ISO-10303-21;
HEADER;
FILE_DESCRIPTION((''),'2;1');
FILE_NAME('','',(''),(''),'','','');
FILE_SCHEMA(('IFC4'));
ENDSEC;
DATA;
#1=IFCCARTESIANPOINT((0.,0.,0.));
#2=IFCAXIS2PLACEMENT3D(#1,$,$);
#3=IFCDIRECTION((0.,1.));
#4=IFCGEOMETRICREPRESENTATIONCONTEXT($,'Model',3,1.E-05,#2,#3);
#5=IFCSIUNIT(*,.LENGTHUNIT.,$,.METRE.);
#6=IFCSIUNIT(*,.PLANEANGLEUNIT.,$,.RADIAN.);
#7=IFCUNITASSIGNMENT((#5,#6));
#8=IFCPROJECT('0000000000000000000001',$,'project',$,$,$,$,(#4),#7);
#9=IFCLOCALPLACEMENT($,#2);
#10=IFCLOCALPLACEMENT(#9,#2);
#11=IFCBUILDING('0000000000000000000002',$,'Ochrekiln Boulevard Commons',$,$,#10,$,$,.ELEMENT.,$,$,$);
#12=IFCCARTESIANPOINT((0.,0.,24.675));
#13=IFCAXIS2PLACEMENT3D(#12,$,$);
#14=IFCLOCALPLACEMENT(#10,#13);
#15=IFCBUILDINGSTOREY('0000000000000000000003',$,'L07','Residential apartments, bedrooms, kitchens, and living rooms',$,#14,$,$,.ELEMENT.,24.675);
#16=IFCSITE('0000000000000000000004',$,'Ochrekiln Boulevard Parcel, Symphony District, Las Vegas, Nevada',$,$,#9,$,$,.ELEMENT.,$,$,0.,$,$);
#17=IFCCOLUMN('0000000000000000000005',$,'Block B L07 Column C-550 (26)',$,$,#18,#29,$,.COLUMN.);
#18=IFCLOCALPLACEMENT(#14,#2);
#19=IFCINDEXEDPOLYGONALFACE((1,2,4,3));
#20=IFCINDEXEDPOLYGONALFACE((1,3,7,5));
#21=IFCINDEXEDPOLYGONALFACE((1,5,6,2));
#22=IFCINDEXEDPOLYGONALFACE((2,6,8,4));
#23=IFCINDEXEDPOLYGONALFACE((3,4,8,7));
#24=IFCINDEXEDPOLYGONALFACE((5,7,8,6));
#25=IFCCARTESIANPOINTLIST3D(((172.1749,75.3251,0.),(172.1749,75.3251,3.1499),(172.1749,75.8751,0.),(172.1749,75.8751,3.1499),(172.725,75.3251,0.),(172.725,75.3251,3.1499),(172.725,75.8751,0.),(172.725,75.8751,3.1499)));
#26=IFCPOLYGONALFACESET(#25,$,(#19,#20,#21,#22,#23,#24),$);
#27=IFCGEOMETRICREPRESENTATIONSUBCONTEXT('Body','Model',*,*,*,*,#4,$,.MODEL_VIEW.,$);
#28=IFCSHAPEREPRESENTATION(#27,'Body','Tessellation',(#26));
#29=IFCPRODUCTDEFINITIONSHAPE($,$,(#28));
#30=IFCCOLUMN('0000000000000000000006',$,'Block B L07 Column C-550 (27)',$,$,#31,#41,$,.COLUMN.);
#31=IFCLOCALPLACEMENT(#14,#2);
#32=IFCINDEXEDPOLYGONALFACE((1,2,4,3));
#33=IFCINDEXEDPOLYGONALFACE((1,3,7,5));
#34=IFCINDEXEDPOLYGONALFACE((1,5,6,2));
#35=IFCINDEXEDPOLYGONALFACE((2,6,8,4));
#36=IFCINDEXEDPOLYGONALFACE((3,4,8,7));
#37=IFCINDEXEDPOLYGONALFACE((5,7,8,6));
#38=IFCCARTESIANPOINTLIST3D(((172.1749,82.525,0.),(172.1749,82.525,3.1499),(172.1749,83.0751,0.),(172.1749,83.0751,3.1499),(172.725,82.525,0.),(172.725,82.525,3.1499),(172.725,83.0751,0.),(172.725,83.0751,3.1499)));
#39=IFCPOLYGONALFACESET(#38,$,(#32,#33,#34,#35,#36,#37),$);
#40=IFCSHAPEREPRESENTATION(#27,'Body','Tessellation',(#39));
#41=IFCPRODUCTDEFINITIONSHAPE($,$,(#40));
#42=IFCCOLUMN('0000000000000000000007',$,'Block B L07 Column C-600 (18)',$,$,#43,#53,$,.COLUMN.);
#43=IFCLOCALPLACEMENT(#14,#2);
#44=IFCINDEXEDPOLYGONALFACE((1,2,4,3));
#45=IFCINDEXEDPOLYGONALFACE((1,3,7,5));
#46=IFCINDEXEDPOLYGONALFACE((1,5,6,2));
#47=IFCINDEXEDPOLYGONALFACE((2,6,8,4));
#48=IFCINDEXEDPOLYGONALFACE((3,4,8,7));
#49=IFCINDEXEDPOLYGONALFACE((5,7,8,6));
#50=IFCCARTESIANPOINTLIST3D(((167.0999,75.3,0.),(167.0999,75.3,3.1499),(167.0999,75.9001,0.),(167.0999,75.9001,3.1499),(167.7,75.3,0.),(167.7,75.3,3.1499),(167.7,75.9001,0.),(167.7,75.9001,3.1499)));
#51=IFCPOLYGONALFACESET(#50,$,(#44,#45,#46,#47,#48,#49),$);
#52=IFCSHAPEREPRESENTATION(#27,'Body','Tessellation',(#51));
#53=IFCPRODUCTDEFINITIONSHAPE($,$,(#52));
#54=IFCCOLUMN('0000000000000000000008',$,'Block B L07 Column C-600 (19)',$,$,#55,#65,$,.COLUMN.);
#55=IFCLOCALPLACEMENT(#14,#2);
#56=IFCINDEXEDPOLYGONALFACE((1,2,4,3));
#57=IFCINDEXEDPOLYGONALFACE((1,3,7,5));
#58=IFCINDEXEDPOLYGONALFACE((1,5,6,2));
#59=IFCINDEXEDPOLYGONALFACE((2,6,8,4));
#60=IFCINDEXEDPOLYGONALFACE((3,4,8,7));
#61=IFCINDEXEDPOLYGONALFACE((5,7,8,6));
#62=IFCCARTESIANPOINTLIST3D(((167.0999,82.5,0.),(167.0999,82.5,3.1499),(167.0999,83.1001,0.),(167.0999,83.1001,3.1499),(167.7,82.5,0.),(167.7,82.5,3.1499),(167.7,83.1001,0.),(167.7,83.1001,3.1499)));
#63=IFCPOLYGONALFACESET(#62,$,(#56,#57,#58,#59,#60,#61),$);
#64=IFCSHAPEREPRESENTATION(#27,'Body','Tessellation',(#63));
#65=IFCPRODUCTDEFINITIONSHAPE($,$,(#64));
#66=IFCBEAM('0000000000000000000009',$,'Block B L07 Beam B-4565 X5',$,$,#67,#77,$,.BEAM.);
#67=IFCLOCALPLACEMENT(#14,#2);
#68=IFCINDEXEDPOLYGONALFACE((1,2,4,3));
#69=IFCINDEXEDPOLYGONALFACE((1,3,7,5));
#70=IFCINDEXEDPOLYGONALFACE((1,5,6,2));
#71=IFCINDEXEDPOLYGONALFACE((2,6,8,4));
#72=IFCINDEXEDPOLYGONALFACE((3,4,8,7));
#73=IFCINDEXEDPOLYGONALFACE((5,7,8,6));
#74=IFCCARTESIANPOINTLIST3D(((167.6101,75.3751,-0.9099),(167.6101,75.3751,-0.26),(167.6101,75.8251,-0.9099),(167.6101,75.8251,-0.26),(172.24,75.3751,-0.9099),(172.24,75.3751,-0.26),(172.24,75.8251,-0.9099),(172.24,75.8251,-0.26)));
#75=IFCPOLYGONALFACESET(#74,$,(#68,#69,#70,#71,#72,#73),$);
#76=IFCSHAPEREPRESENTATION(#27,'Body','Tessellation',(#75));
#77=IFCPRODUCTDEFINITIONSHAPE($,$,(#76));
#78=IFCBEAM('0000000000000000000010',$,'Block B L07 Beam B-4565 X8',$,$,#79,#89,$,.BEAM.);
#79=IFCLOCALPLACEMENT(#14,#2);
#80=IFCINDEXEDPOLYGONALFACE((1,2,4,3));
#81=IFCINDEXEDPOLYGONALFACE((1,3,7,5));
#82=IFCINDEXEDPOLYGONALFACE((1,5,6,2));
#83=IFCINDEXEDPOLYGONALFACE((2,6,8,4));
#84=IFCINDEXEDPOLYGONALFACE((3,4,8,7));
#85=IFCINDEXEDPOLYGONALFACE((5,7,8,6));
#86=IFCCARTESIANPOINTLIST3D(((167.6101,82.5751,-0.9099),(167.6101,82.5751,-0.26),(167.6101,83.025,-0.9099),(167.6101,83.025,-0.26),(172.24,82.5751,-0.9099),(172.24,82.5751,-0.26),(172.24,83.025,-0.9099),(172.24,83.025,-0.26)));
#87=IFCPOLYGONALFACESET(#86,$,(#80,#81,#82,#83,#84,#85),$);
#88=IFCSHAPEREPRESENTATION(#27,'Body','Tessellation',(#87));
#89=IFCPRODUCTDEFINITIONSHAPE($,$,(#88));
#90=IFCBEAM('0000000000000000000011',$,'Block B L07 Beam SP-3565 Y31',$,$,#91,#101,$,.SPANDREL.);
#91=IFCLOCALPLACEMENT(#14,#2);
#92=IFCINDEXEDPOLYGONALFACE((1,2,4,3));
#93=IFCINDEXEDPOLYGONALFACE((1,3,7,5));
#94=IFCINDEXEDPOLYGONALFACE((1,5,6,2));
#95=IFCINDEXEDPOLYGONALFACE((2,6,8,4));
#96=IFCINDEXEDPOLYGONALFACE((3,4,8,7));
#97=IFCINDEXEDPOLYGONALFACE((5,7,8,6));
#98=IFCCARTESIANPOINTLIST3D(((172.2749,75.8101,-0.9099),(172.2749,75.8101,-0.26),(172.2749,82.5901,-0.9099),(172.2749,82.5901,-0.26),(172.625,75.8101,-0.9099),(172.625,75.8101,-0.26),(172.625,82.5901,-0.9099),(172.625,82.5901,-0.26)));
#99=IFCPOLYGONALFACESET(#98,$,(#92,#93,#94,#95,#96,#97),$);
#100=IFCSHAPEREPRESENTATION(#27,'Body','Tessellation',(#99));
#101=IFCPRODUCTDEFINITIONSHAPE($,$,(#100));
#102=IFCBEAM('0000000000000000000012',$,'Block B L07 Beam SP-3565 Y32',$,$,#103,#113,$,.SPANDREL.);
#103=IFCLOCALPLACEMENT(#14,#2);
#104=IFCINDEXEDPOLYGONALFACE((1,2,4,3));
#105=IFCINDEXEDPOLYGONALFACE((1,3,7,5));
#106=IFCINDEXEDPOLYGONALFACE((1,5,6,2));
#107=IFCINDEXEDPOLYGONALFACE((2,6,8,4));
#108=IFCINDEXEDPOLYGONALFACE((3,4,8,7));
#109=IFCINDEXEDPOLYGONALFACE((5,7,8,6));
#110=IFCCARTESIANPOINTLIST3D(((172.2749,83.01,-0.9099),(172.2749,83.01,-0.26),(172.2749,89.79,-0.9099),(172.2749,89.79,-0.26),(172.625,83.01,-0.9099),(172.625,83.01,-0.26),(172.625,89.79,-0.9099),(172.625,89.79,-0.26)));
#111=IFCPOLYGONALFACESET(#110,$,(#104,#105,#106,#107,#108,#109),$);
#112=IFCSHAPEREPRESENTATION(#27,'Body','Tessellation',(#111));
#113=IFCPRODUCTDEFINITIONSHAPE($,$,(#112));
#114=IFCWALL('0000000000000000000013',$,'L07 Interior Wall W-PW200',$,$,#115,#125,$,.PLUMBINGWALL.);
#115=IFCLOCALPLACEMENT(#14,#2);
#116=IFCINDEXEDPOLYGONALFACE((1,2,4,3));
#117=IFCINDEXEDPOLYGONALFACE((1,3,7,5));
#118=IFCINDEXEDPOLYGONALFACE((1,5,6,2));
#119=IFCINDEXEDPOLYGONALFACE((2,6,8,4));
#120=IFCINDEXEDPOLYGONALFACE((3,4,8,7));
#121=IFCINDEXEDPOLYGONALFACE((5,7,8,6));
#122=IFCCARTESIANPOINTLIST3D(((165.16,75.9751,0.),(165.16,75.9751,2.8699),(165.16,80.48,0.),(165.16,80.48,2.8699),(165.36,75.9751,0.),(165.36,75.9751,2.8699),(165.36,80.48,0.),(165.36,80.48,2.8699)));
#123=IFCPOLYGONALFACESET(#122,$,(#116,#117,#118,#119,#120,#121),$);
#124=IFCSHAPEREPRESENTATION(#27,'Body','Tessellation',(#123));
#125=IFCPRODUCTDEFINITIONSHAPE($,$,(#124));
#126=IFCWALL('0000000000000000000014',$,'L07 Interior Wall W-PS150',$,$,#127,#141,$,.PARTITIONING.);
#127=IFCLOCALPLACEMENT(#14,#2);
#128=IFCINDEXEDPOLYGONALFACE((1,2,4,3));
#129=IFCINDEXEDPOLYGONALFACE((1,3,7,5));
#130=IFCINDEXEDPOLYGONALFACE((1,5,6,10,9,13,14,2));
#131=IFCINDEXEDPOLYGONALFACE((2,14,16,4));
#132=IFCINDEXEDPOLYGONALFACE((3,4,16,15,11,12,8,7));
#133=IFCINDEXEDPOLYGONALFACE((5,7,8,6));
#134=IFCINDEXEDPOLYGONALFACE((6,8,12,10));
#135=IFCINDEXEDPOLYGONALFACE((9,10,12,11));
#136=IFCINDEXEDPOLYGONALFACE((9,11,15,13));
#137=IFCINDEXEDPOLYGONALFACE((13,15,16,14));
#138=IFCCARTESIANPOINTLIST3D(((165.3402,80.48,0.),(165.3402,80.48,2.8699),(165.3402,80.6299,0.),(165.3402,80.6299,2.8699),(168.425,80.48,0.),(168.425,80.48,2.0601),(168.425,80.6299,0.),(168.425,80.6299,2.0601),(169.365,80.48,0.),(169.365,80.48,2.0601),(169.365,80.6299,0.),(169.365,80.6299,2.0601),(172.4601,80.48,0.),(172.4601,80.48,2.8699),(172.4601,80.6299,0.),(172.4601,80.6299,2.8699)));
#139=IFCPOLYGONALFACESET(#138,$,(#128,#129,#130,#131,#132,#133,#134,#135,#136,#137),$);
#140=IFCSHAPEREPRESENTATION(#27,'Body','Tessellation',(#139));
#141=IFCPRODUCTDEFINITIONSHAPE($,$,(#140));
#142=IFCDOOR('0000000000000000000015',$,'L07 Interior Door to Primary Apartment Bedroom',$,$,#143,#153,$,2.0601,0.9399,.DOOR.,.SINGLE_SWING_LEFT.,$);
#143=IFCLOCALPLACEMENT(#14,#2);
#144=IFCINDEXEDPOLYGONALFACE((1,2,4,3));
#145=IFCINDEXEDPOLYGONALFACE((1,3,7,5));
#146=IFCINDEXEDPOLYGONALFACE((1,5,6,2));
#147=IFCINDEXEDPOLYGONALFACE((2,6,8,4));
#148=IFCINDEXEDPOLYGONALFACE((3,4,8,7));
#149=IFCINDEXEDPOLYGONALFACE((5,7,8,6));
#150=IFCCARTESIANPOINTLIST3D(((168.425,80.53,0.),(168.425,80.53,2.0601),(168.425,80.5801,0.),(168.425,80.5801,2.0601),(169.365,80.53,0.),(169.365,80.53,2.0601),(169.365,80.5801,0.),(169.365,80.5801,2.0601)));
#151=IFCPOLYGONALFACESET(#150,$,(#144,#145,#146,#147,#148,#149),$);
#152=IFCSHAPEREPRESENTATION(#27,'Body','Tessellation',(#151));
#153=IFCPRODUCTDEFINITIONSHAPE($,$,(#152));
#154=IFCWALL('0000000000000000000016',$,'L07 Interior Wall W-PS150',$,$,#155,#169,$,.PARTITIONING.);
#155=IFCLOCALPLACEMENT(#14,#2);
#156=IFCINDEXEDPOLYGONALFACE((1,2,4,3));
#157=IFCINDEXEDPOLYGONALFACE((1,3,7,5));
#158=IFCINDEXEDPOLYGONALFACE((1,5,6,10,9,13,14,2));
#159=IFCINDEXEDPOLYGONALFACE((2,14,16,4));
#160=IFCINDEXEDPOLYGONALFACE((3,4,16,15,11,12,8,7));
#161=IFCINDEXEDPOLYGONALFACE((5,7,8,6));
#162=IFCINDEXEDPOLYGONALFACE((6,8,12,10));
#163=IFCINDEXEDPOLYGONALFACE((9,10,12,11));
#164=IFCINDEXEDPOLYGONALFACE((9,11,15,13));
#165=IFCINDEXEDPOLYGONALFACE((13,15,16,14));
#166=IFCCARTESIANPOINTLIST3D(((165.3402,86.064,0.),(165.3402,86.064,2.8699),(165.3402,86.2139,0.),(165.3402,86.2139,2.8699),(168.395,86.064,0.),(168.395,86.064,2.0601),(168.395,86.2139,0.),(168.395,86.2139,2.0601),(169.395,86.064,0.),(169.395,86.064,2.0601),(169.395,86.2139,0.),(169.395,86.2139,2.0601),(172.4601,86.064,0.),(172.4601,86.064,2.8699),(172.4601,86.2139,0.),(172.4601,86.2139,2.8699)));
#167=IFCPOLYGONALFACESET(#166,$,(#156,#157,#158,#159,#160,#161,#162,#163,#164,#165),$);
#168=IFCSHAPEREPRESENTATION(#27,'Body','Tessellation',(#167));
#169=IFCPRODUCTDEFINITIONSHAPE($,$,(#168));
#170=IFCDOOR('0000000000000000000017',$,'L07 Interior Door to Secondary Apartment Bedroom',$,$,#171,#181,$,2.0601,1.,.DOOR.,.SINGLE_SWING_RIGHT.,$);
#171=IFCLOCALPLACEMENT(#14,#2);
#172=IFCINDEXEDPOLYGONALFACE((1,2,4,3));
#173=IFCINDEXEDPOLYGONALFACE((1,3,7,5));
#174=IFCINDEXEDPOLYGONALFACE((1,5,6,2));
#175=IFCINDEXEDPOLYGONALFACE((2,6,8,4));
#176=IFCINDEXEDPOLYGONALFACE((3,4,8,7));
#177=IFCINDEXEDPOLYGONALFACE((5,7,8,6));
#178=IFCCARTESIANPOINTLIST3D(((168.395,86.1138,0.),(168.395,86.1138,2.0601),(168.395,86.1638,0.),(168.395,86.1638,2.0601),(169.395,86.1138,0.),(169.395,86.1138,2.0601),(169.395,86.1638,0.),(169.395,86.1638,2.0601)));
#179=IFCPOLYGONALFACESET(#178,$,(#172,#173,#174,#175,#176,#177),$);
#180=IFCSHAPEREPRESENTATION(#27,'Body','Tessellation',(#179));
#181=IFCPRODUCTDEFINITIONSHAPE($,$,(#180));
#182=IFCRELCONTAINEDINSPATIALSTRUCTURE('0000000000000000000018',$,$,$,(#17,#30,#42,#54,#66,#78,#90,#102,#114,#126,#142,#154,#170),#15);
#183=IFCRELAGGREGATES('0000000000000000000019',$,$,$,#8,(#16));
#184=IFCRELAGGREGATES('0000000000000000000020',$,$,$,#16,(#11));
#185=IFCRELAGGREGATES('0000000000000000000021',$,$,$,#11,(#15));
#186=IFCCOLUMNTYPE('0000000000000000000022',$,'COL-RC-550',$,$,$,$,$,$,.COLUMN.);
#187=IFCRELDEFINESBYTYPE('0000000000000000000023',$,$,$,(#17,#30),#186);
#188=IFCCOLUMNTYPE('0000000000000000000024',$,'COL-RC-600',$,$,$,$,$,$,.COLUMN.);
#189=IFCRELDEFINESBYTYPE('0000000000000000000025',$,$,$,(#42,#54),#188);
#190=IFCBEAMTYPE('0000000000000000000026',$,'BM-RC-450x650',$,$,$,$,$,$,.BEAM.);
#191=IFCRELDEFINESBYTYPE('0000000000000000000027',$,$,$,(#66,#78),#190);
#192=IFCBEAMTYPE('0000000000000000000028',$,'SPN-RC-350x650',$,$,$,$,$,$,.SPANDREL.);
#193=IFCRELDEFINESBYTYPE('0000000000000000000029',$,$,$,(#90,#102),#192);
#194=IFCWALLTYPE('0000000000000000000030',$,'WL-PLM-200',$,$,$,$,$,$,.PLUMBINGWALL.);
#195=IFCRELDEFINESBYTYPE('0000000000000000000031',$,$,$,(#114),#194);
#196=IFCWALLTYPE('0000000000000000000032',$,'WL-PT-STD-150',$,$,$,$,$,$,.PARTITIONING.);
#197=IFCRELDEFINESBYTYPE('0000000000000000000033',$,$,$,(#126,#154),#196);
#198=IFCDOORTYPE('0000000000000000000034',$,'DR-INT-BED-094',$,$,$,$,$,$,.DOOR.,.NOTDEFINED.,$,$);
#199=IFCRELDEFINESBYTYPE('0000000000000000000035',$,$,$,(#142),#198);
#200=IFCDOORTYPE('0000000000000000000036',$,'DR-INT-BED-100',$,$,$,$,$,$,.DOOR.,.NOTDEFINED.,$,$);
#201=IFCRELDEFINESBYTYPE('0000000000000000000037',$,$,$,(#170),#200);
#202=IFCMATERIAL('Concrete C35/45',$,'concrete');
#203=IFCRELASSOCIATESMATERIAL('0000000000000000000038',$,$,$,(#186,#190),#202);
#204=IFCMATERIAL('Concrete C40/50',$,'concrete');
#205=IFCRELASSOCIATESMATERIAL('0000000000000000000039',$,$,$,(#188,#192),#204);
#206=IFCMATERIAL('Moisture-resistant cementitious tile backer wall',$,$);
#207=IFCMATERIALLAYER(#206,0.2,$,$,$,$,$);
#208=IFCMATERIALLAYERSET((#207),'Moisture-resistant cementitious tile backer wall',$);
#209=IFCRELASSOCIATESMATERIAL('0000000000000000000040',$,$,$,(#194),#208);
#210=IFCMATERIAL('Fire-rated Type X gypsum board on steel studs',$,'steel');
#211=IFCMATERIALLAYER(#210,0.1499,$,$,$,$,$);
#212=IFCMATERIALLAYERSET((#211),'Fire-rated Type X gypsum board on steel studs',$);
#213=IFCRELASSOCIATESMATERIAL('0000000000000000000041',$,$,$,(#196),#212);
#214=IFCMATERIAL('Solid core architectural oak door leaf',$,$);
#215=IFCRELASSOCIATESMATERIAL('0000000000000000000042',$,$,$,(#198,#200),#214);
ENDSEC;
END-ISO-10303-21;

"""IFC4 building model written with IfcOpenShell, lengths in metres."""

from ifc_helpers import new_model, si_unit, direction, frame, frame_2d, origin, origin_2d, place, context, subcontext, project, spatial, rectangle, extrude, material, layer, layer_set, material_profile, profile_set, type_object, element, fill, save


model = new_model("IFC4")

# Units and contexts
model_context = context("Model", 3, precision=1e-05, world=origin(), true_north=direction((0.0, 1.0)))
body_context = subcontext(model_context, "Body", "Model", "MODEL_VIEW")
ifc_project = project(units=[si_unit("LENGTHUNIT", "METRE"), si_unit("PLANEANGLEUNIT", "RADIAN")], contexts=[model_context])

# Site, building, storey
site_placement = place(None, origin())
site = spatial("IfcSite", under=ifc_project, at=site_placement, Name="Ochrekiln Boulevard Parcel, Symphony District, Las Vegas, Nevada", CompositionType="ELEMENT", RefElevation=0.0)
building_placement = place(site_placement, origin())
building = spatial("IfcBuilding", under=site, at=building_placement, Name="Ochrekiln Boulevard Commons", CompositionType="ELEMENT")
storey_placement = place(building_placement, frame((0.0, 0.0, 24.675)))
storey = spatial("IfcBuildingStorey", under=building, at=storey_placement, Name="L07", Description="Residential apartments, bedrooms, kitchens, and living rooms", CompositionType="ELEMENT", Elevation=24.675)

# Columns
ifc_material_1 = material(Name="Concrete C35/45", Category="concrete")
ifc_material_profile_1 = material_profile(ifc_material_1, rectangle(XDim=0.55, YDim=0.55, at=origin_2d()), Name="RC-COL-550x550")
ifc_profile_set_1 = profile_set([ifc_material_profile_1], Name="Concrete C35/45")
column_type_1 = type_object("IfcColumnType", Name="COL-RC-550", PredefinedType="COLUMN", material=ifc_profile_set_1)
for number, where, z_axis, x_axis, name in (
    (1, (172.45, 75.6001, 0.0), (0.0, 0.0, 1.0), (1.0, 0.0, 0.0), "Block B L07 Column C-550 (26)"),
    (2, (172.45, 82.8, 0.0), (0.0, 0.0, 1.0), (1.0, 0.0, 0.0), "Block B L07 Column C-550 (27)"),
):
    element("IfcColumn", number, at=place(storey_placement, frame(where, z_axis=z_axis, x_axis=x_axis)), inside=storey, type_object=column_type_1, Name=name, PredefinedType="COLUMN", context=body_context, shape_type="SweptSolid", body=[
        extrude(rectangle(XDim=0.55, YDim=0.55, at=origin_2d()), origin(), (0.0, 0.0, 1.0), 3.1499),
    ])
ifc_material_2 = material(Name="Concrete C40/50", Category="concrete")
ifc_material_profile_2 = material_profile(ifc_material_2, rectangle(XDim=0.6001, YDim=0.6001, at=origin_2d()), Name="RC-COL-600x600")
ifc_profile_set_2 = profile_set([ifc_material_profile_2], Name="Concrete C40/50")
column_type_2 = type_object("IfcColumnType", Name="COL-RC-600", PredefinedType="COLUMN", material=ifc_profile_set_2)
for number, where, z_axis, x_axis, name in (
    (3, (167.3999, 75.6001, 0.0), (0.0, 0.0, 1.0), (1.0, 0.0, 0.0), "Block B L07 Column C-600 (18)"),
    (4, (167.3999, 82.8, 0.0), (0.0, 0.0, 1.0), (1.0, 0.0, 0.0), "Block B L07 Column C-600 (19)"),
):
    element("IfcColumn", number, at=place(storey_placement, frame(where, z_axis=z_axis, x_axis=x_axis)), inside=storey, type_object=column_type_2, Name=name, PredefinedType="COLUMN", context=body_context, shape_type="SweptSolid", body=[
        extrude(rectangle(XDim=0.6001, YDim=0.6001, at=origin_2d()), origin(), (0.0, 0.0, 1.0), 3.1499),
    ])

# Beams
ifc_material_profile_3 = material_profile(ifc_material_1, rectangle(XDim=0.45, YDim=0.6499, at=origin_2d()), Name="RC-BM-450x650")
ifc_profile_set_3 = profile_set([ifc_material_profile_3], Name="Concrete C35/45")
beam_type_1 = type_object("IfcBeamType", Name="BM-RC-450x650", PredefinedType="BEAM", material=ifc_profile_set_3)
for number, where, z_axis, x_axis, name in (
    (5, (167.6101, 75.6001, -0.585), (1.0, 0.0, 0.0), (0.0, 1.0, 0.0), "Block B L07 Beam B-4565 X5"),
    (6, (167.6101, 82.8, -0.585), (1.0, 0.0, 0.0), (0.0, 1.0, 0.0), "Block B L07 Beam B-4565 X8"),
):
    element("IfcBeam", number, at=place(storey_placement, frame(where, z_axis=z_axis, x_axis=x_axis)), inside=storey, type_object=beam_type_1, Name=name, PredefinedType="BEAM", context=body_context, shape_type="SweptSolid", body=[
        extrude(rectangle(XDim=0.45, YDim=0.6499, at=origin_2d()), origin(), (0.0, 0.0, 1.0), 4.6299),
    ])
ifc_material_profile_4 = material_profile(ifc_material_2, rectangle(XDim=0.3501, YDim=0.6499, at=origin_2d()), Name="RC-SPN-350x650")
ifc_profile_set_4 = profile_set([ifc_material_profile_4], Name="Concrete C40/50")
beam_type_2 = type_object("IfcBeamType", Name="SPN-RC-350x650", PredefinedType="SPANDREL", material=ifc_profile_set_4)
for number, where, z_axis, x_axis, name in (
    (7, (172.45, 75.8101, -0.585), (0.0, 1.0, 0.0), (-1.0, 0.0, 0.0), "Block B L07 Beam SP-3565 Y31"),
    (8, (172.45, 83.01, -0.585), (0.0, 1.0, 0.0), (-1.0, 0.0, 0.0), "Block B L07 Beam SP-3565 Y32"),
):
    element("IfcBeam", number, at=place(storey_placement, frame(where, z_axis=z_axis, x_axis=x_axis)), inside=storey, type_object=beam_type_2, Name=name, PredefinedType="SPANDREL", context=body_context, shape_type="SweptSolid", body=[
        extrude(rectangle(XDim=0.3501, YDim=0.6499, at=origin_2d()), origin(), (0.0, 0.0, 1.0), 6.78),
    ])

# Wall
ifc_material_3 = material(Name="Moisture-resistant cementitious tile backer wall")
ifc_layer_1 = layer(ifc_material_3, 0.2)
ifc_layer_set_1 = layer_set([ifc_layer_1], Name="Moisture-resistant cementitious tile backer wall")
wall_type_1 = type_object("IfcWallType", Name="WL-PLM-200", PredefinedType="PLUMBINGWALL", material=ifc_layer_set_1)
wall_1_placement = place(storey_placement, frame((165.26, 75.9751, 0.0), z_axis=(0.0, 0.0, 1.0), x_axis=(0.0, 1.0, 0.0)))
element("IfcWall", 9, at=wall_1_placement, inside=storey, type_object=wall_type_1, Name="L07 Interior Wall W-PW200", PredefinedType="PLUMBINGWALL", context=body_context, shape_type="SweptSolid", body=[
    extrude(rectangle(XDim=4.5049, YDim=0.2, at=frame_2d((2.2524, 0.0))), origin(), (0.0, 0.0, 1.0), 2.8699),
])

# Walls, openings, doors
ifc_material_4 = material(Name="Fire-rated Type X gypsum board on steel studs", Category="steel")
ifc_layer_2 = layer(ifc_material_4, 0.1499)
ifc_layer_set_2 = layer_set([ifc_layer_2], Name="Fire-rated Type X gypsum board on steel studs")
wall_type_2 = type_object("IfcWallType", Name="WL-PT-STD-150", PredefinedType="PARTITIONING", material=ifc_layer_set_2)
wall_2_placement = place(storey_placement, frame((165.3401, 80.5549, 0.0), z_axis=(0.0, 0.0, 1.0), x_axis=(1.0, 0.0, 0.0)))
wall_2 = element("IfcWall", 10, at=wall_2_placement, inside=storey, type_object=wall_type_2, Name="L07 Interior Wall W-PS150", PredefinedType="PARTITIONING", context=body_context, shape_type="SweptSolid", body=[
    extrude(rectangle(XDim=7.1199, YDim=0.1499, at=frame_2d((3.5601, 0.0))), origin(), (0.0, 0.0, 1.0), 2.8699),
])
opening_1_placement = place(wall_2_placement, frame((3.085, 0.0, 0.0)))
opening_1 = element("IfcOpeningElement", 11, at=opening_1_placement, cuts=wall_2, PredefinedType="OPENING", context=body_context, shape_type="SweptSolid", body=[
    extrude(rectangle(XDim=0.9399, YDim=2.0601, at=frame_2d((0.47, 1.03))), frame((0.0, 0.085, 0.0), z_axis=(0.0, -1.0, 0.0), x_axis=(1.0, 0.0, 0.0)), (0.0, 0.0, 1.0), 0.1699),
])
ifc_material_5 = material(Name="Solid core architectural oak door leaf")
door_type_1 = type_object("IfcDoorType", Name="DR-INT-BED-094", OperationType="NOTDEFINED", PredefinedType="DOOR", material=ifc_material_5)
door_1_placement = place(opening_1_placement, frame((0.9399, 0.0, 0.0), z_axis=(0.0, 0.0, 1.0), x_axis=(-1.0, 0.0, 0.0)))
door_1 = element("IfcDoor", 12, at=door_1_placement, inside=storey, type_object=door_type_1, Name="L07 Interior Door to Primary Apartment Bedroom", OperationType="SINGLE_SWING_LEFT", OverallHeight=2.0601, OverallWidth=0.9399, PredefinedType="DOOR", context=body_context, shape_type="SweptSolid", body=[
    extrude(rectangle(XDim=0.9399, YDim=2.0601, at=frame_2d((0.47, 1.03))), frame((0.0, 0.0249, 0.0), z_axis=(0.0, -1.0, 0.0), x_axis=(1.0, 0.0, 0.0)), (0.0, 0.0, 1.0), 0.05),
])
fill(opening_1, door_1)
wall_3_placement = place(storey_placement, frame((165.3401, 86.1389, 0.0), z_axis=(0.0, 0.0, 1.0), x_axis=(1.0, 0.0, 0.0)))
wall_3 = element("IfcWall", 13, at=wall_3_placement, inside=storey, type_object=wall_type_2, Name="L07 Interior Wall W-PS150", PredefinedType="PARTITIONING", context=body_context, shape_type="SweptSolid", body=[
    extrude(rectangle(XDim=7.1199, YDim=0.1499, at=frame_2d((3.5601, 0.0))), origin(), (0.0, 0.0, 1.0), 2.8699),
])
opening_2_placement = place(wall_3_placement, frame((3.0549, 0.0, 0.0)))
opening_2 = element("IfcOpeningElement", 14, at=opening_2_placement, cuts=wall_3, PredefinedType="OPENING", context=body_context, shape_type="SweptSolid", body=[
    extrude(rectangle(XDim=1.0, YDim=2.0601, at=frame_2d((0.5, 1.03))), frame((0.0, 0.085, 0.0), z_axis=(0.0, -1.0, 0.0), x_axis=(1.0, 0.0, 0.0)), (0.0, 0.0, 1.0), 0.1699),
])
door_type_2 = type_object("IfcDoorType", Name="DR-INT-BED-100", OperationType="NOTDEFINED", PredefinedType="DOOR", material=ifc_material_5)
door_2_placement = place(opening_2_placement, origin())
door_2 = element("IfcDoor", 15, at=door_2_placement, inside=storey, type_object=door_type_2, Name="L07 Interior Door to Secondary Apartment Bedroom", OperationType="SINGLE_SWING_RIGHT", OverallHeight=2.0601, OverallWidth=1.0, PredefinedType="DOOR", context=body_context, shape_type="SweptSolid", body=[
    extrude(rectangle(XDim=1.0, YDim=2.0601, at=frame_2d((0.5, 1.03))), frame((0.0, 0.0249, 0.0), z_axis=(0.0, -1.0, 0.0), x_axis=(1.0, 0.0, 0.0)), (0.0, 0.0, 1.0), 0.05),
])
fill(opening_2, door_2)

save(model, "model.ifc")
